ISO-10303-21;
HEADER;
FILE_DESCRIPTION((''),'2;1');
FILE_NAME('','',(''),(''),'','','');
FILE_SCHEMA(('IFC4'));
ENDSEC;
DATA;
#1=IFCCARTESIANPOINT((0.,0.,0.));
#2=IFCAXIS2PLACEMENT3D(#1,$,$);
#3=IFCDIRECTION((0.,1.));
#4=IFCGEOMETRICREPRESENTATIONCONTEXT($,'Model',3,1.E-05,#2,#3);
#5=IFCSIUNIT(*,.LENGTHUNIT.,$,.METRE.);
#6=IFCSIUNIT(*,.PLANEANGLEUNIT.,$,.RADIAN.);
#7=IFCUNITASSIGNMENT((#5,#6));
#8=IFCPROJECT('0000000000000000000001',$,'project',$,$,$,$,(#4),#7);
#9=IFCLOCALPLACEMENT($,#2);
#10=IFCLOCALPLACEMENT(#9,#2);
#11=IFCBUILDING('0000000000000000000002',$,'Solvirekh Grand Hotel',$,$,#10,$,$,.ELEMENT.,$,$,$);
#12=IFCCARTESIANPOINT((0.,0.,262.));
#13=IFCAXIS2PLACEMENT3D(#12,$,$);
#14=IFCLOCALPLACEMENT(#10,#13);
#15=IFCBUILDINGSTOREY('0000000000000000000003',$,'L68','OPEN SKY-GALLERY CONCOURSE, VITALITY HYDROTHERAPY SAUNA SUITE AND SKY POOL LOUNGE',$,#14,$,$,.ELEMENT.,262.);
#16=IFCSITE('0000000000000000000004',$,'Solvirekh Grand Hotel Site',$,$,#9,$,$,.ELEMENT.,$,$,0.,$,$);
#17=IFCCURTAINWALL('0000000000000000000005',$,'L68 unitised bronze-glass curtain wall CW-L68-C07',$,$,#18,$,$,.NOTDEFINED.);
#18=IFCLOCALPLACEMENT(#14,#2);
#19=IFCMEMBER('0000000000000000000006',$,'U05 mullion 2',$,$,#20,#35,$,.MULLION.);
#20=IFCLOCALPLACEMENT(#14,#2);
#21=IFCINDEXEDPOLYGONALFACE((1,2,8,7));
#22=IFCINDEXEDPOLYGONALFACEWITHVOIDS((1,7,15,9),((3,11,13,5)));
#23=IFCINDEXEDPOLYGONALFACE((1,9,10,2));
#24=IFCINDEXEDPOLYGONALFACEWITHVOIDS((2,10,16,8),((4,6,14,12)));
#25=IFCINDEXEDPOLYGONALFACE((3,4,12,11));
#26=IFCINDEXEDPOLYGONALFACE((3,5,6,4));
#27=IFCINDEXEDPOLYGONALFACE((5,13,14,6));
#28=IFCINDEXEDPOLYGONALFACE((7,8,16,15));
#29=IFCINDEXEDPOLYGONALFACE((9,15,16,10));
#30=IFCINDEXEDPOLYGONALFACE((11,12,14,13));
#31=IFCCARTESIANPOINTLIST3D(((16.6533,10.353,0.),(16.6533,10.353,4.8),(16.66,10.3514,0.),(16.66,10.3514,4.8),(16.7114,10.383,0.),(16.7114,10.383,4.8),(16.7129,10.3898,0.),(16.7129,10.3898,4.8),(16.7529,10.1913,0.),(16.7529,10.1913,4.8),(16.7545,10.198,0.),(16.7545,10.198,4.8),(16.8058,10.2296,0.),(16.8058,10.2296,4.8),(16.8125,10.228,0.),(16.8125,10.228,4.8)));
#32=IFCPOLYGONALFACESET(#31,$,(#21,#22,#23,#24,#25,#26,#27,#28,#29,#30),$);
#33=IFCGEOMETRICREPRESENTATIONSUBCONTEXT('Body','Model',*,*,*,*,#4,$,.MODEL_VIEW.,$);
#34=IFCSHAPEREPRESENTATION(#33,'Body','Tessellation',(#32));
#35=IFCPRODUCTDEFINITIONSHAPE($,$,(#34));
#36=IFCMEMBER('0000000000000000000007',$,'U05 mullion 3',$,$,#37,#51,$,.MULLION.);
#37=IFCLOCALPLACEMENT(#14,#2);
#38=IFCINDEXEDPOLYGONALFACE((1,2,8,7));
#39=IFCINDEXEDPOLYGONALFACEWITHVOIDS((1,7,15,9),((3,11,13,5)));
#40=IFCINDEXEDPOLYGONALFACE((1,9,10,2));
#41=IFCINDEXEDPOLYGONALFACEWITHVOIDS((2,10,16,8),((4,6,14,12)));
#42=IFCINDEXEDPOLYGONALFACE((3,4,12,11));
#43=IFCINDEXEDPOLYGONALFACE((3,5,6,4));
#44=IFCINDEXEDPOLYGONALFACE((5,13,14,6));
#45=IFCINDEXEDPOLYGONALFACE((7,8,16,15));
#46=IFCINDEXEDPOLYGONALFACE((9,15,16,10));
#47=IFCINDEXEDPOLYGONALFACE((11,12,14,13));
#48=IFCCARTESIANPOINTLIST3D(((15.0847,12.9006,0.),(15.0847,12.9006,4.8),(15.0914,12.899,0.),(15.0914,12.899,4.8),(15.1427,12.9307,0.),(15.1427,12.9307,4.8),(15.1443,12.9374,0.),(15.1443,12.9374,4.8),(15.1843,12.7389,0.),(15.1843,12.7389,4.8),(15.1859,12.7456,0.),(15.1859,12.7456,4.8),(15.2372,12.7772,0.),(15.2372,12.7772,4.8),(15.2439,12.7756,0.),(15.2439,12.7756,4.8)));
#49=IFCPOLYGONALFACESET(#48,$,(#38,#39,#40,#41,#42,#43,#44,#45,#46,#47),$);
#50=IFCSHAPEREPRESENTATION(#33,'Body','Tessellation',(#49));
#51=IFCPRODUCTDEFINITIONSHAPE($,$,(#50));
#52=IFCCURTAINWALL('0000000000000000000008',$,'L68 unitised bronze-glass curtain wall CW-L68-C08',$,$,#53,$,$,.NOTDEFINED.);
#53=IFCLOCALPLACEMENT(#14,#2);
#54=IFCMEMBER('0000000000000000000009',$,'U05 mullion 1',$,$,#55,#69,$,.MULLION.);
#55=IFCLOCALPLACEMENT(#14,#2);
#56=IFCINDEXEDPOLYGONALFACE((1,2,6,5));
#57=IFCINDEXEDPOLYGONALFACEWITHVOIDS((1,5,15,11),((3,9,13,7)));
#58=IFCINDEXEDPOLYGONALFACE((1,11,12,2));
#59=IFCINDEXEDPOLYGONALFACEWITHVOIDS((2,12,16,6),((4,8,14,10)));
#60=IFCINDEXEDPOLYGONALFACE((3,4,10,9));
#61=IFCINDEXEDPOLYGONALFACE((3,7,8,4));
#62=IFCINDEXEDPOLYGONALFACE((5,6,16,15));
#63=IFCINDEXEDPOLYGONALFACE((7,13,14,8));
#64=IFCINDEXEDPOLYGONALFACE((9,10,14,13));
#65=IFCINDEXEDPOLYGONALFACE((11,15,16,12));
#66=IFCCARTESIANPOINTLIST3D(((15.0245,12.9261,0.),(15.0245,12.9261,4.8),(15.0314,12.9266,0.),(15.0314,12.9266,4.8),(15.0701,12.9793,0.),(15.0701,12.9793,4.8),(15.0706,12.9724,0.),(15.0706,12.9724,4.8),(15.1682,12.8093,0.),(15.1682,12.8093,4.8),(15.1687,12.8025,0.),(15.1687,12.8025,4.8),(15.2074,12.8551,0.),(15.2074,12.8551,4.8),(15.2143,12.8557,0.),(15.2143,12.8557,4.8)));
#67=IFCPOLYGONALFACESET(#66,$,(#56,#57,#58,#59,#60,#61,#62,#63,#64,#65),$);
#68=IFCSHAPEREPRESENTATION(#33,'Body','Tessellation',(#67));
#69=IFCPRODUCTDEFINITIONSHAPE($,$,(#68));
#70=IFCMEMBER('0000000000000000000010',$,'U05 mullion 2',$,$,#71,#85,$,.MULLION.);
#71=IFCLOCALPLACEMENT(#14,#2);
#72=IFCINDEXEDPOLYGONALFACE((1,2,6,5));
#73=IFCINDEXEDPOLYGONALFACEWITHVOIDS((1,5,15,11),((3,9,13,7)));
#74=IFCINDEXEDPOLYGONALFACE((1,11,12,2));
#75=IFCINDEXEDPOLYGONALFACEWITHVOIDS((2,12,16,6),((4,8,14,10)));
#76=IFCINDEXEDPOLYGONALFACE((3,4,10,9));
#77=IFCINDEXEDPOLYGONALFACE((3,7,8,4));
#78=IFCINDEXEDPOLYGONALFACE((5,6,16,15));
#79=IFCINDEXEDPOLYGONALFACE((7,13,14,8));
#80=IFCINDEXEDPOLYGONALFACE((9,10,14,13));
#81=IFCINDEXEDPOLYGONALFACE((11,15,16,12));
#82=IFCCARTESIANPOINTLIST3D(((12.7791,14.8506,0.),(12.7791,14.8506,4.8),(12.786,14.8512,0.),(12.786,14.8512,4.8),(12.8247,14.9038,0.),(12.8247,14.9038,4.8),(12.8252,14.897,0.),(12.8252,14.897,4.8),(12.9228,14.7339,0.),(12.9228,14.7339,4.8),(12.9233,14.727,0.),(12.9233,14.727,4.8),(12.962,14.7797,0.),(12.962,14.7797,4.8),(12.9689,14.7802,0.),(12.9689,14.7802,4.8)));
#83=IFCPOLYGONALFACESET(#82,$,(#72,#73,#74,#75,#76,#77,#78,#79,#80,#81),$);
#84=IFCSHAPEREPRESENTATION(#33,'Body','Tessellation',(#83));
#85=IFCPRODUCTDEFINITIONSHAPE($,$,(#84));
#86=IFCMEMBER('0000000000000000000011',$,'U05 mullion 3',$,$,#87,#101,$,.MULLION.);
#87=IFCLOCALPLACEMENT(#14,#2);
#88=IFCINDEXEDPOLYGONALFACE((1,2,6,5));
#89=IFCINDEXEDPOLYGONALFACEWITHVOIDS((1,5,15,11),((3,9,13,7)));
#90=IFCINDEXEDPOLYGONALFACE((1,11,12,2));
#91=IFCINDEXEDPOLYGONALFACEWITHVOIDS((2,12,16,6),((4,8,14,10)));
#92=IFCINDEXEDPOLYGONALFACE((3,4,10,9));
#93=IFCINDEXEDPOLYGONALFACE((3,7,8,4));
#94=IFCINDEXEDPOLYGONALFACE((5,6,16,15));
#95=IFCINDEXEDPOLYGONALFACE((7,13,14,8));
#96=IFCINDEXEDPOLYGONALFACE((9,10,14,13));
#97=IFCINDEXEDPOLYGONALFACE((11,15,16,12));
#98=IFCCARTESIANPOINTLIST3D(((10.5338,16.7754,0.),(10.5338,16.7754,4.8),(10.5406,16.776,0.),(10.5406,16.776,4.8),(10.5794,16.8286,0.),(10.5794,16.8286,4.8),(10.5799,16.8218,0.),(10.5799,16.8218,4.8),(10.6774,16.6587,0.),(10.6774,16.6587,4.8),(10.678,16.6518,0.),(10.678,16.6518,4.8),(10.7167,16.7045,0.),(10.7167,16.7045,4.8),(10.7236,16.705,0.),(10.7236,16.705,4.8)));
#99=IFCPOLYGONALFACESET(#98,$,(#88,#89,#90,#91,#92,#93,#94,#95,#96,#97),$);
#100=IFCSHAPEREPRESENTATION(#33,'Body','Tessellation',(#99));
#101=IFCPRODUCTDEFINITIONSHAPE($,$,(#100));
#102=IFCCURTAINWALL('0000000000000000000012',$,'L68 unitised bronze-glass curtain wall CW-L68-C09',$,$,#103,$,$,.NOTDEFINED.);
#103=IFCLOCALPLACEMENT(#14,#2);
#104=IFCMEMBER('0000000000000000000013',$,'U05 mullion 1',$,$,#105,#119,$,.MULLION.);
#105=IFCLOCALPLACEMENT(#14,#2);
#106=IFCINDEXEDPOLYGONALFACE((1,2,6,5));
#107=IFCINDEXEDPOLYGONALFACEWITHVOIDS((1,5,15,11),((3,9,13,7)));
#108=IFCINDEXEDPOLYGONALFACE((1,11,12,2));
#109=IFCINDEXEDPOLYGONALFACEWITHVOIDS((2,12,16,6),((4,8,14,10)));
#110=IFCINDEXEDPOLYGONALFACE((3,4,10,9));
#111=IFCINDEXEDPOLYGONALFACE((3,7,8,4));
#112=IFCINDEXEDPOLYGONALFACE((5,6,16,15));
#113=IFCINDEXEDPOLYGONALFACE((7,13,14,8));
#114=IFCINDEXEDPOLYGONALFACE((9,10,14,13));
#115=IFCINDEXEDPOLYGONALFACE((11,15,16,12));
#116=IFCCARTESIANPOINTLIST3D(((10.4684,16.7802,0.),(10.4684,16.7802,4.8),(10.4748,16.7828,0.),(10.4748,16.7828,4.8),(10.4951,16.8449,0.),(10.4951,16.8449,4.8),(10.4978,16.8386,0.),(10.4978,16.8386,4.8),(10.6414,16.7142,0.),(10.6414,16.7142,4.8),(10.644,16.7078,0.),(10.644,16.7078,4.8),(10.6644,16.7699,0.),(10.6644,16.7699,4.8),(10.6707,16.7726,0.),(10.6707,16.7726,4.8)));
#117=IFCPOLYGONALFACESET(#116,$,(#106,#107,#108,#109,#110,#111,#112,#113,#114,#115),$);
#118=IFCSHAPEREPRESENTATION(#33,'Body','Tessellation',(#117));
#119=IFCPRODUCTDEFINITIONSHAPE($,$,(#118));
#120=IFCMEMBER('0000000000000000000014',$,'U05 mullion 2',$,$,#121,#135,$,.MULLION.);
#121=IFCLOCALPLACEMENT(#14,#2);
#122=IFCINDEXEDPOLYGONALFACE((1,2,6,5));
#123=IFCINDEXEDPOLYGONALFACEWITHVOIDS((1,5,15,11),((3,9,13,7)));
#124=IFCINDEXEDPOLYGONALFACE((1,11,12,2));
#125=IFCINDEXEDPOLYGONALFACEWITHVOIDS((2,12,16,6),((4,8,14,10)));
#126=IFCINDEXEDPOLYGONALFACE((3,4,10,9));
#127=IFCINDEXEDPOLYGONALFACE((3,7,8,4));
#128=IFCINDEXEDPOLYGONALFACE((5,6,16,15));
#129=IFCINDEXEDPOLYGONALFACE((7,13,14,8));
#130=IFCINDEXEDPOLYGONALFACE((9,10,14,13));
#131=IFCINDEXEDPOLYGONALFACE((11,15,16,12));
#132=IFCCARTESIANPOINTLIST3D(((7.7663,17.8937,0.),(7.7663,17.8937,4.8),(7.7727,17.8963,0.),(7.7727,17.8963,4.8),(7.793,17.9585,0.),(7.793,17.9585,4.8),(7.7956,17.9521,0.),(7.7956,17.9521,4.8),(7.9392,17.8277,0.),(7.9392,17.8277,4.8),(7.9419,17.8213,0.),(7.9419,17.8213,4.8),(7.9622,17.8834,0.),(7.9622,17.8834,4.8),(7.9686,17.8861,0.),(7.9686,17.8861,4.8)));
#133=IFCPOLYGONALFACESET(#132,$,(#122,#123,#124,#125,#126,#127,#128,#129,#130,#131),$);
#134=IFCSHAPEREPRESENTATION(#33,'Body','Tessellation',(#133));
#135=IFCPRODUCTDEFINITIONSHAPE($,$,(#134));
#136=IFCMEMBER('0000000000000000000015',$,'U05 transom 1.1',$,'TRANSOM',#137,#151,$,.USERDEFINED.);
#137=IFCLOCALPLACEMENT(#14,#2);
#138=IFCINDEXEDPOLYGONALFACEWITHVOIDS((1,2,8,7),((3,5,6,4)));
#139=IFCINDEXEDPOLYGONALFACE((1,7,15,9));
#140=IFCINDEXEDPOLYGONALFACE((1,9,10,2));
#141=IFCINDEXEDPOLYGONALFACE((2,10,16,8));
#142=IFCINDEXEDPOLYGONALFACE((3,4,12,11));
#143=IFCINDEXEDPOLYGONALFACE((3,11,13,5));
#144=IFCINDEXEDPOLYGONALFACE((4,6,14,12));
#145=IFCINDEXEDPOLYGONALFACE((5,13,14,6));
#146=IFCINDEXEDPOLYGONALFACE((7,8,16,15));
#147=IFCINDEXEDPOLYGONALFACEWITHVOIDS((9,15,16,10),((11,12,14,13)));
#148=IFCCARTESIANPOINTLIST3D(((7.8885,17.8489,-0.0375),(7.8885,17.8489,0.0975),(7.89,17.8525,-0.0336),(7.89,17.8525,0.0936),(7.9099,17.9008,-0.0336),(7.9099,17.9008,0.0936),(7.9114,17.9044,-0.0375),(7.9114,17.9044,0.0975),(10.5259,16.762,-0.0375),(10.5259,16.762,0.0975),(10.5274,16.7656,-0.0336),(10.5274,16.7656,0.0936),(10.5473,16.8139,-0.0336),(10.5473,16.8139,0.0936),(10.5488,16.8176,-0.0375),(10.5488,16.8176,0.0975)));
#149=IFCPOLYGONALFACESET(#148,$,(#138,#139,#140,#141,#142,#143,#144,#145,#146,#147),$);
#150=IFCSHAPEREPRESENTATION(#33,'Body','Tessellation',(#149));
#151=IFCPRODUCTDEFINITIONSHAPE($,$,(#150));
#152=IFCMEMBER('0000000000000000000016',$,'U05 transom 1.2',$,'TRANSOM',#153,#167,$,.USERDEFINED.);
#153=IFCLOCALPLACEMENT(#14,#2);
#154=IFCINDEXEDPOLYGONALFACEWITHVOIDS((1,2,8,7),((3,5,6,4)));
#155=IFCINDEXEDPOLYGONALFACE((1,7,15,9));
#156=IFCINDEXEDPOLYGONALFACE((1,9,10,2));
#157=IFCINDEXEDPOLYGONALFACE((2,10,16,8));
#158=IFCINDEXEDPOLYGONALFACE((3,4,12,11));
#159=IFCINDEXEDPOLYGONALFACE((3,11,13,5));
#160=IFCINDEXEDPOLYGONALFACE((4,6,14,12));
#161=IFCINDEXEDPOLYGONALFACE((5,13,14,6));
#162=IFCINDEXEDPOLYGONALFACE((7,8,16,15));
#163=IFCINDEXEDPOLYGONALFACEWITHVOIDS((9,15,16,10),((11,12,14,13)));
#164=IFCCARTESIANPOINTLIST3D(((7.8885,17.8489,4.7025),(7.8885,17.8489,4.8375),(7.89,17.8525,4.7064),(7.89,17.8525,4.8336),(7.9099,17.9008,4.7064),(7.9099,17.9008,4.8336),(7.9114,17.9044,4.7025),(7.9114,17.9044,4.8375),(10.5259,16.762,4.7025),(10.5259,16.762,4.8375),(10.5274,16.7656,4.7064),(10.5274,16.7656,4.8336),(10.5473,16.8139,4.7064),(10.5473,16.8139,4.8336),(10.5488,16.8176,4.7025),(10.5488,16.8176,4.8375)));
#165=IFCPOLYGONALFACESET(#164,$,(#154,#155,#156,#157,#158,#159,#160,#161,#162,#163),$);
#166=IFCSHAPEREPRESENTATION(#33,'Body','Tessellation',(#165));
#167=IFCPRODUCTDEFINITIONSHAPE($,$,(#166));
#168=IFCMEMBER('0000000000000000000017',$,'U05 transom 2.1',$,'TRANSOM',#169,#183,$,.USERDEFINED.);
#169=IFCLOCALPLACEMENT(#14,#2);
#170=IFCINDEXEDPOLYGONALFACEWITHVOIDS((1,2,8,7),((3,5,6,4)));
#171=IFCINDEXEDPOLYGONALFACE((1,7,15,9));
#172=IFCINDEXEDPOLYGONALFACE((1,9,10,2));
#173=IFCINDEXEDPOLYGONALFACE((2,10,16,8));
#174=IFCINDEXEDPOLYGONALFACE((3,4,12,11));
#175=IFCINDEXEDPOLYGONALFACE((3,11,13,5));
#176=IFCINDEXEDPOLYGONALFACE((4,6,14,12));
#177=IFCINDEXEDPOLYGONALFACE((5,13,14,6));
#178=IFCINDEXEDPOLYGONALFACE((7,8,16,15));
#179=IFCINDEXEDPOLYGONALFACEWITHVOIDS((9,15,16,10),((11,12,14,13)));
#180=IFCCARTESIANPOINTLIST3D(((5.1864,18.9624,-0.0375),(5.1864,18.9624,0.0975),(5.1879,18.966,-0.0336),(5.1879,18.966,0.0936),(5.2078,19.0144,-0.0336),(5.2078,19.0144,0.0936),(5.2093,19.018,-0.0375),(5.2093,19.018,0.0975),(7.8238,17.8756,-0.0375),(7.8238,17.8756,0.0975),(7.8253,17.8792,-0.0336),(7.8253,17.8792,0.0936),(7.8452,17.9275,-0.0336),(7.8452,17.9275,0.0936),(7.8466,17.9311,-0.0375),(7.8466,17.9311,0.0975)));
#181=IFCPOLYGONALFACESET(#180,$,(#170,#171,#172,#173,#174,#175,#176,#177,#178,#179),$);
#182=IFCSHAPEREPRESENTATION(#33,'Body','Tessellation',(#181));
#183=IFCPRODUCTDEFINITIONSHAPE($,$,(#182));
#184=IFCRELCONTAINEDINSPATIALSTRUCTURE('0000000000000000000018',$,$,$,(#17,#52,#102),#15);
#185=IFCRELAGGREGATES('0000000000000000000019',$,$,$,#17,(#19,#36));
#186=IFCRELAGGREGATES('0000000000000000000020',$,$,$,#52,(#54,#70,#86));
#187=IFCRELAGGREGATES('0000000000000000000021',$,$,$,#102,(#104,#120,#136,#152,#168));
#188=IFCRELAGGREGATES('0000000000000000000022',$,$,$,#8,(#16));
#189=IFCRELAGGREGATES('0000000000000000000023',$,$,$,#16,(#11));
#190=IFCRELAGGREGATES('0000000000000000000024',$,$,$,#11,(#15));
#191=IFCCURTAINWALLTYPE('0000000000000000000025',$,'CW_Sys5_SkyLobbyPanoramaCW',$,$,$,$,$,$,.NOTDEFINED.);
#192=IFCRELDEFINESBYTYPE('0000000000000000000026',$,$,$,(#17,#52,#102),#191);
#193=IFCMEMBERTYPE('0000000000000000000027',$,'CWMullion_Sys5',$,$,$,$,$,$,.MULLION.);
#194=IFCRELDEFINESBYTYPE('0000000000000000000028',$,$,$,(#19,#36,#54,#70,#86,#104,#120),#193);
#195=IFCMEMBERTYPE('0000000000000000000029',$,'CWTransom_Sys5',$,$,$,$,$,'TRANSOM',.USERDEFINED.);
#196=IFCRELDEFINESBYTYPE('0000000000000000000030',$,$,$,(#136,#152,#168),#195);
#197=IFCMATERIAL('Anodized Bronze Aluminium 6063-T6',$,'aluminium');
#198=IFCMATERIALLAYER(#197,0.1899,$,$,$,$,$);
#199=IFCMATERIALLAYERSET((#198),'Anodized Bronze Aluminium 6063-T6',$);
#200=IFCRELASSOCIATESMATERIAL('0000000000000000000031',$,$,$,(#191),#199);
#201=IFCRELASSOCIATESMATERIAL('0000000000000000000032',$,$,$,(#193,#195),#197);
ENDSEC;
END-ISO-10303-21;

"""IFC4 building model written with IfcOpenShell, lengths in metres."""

from ifc_helpers import new_model, si_unit, direction, frame, origin, origin_2d, place, context, subcontext, project, spatial, hollow_rectangle, extrude, source, transform, mapped, material, layer, layer_set, material_profile, profile_set, type_object, element, aggregate, save


model = new_model("IFC4")

# Units and contexts
model_context = context("Model", 3, precision=1e-05, world=origin(), true_north=direction((0.0, 1.0)))
body_context = subcontext(model_context, "Body", "Model", "MODEL_VIEW")
ifc_project = project(units=[si_unit("LENGTHUNIT", "METRE"), si_unit("PLANEANGLEUNIT", "RADIAN")], contexts=[model_context])

# Site, building, storey
site_placement = place(None, origin())
site = spatial("IfcSite", under=ifc_project, at=site_placement, Name="Solvirekh Grand Hotel Site", CompositionType="ELEMENT", RefElevation=0.0)
building_placement = place(site_placement, origin())
building = spatial("IfcBuilding", under=site, at=building_placement, Name="Solvirekh Grand Hotel", CompositionType="ELEMENT")
storey_placement = place(building_placement, frame((0.0, 0.0, 262.0)))
storey = spatial("IfcBuildingStorey", under=building, at=storey_placement, Name="L68", Description="OPEN SKY-GALLERY CONCOURSE, VITALITY HYDROTHERAPY SAUNA SUITE AND SKY POOL LOUNGE", CompositionType="ELEMENT", Elevation=262.0)

# Shared definitions
ifc_material_1 = material(Name="Anodized Bronze Aluminium 6063-T6", Category="aluminium")
ifc_layer_1 = layer(ifc_material_1, 0.1899)
ifc_layer_set_1 = layer_set([ifc_layer_1], Name="Anodized Bronze Aluminium 6063-T6")
curtain_wall_type = type_object("IfcCurtainWallType", Name="CW_Sys5_SkyLobbyPanoramaCW", PredefinedType="NOTDEFINED", material=ifc_layer_set_1)
ifc_material_profile_1 = material_profile(ifc_material_1, hollow_rectangle(XDim=0.0701, YDim=0.1899, WallThickness=0.0049, at=origin_2d()), Name="ALU RHS 190X70X5")
ifc_profile_set_1 = profile_set([ifc_material_profile_1], Name="Anodized Bronze Aluminium 6063-T6")
member_type_1 = type_object("IfcMemberType", Name="CWMullion_Sys5", PredefinedType="MULLION", material=ifc_profile_set_1)
shared_shape_1 = source(origin(), body_context, "Body", "SweptSolid", [
    extrude(hollow_rectangle(XDim=0.0701, YDim=0.1899, WallThickness=0.0049, at=origin_2d()), origin(), (0.0, 0.0, 1.0), 4.8),
])

# Curtain walls, members
curtain_wall_1_placement = place(storey_placement, origin())
curtain_wall_1 = element("IfcCurtainWall", 1, at=curtain_wall_1_placement, inside=storey, type_object=curtain_wall_type, Name="L68 unitised bronze-glass curtain wall CW-L68-C07", PredefinedType="NOTDEFINED")
member_1_placement = place(storey_placement, frame((16.7329, 10.2905, 0.0), z_axis=(0.0, 0.0, 1.0), x_axis=(-0.851534, -0.5243, 0.0)))
member_1 = element("IfcMember", 2, at=member_1_placement, type_object=member_type_1, Name="U05 mullion 2", PredefinedType="MULLION", context=body_context, shape_type="MappedRepresentation", body=[
    mapped(shared_shape_1, transform((0.0, 0.0, 0.0), x_axis=(1.0, 0.0, 0.0), y_axis=(0.0, 1.0, 0.0), z_axis=(0.0, 0.0, 1.0), scale=1.0)),
])
member_2_placement = place(storey_placement, frame((15.1643, 12.8381, 0.0), z_axis=(0.0, 0.0, 1.0), x_axis=(-0.851534, -0.5243, 0.0)))
member_2 = element("IfcMember", 3, at=member_2_placement, type_object=member_type_1, Name="U05 mullion 3", PredefinedType="MULLION", context=body_context, shape_type="MappedRepresentation", body=[
    mapped(shared_shape_1, transform((0.0, 0.0, 0.0), x_axis=(1.0, 0.0, 0.0), y_axis=(0.0, 1.0, 0.0), z_axis=(0.0, 0.0, 1.0), scale=1.0)),
])
curtain_wall_2_placement = place(storey_placement, origin())
curtain_wall_2 = element("IfcCurtainWall", 4, at=curtain_wall_2_placement, inside=storey, type_object=curtain_wall_type, Name="L68 unitised bronze-glass curtain wall CW-L68-C08", PredefinedType="NOTDEFINED")
member_3_placement = place(storey_placement, frame((15.1194, 12.8909, 0.0), z_axis=(0.0, 0.0, 1.0), x_axis=(-0.650805, -0.759245, 0.0)))
member_3 = element("IfcMember", 5, at=member_3_placement, type_object=member_type_1, Name="U05 mullion 1", PredefinedType="MULLION", context=body_context, shape_type="MappedRepresentation", body=[
    mapped(shared_shape_1, transform((0.0, 0.0, 0.0), x_axis=(1.0, 0.0, 0.0), y_axis=(0.0, 1.0, 0.0), z_axis=(0.0, 0.0, 1.0), scale=1.0)),
])
member_4_placement = place(storey_placement, frame((12.874, 14.8154, 0.0), z_axis=(0.0, 0.0, 1.0), x_axis=(-0.650805, -0.759245, 0.0)))
member_4 = element("IfcMember", 6, at=member_4_placement, type_object=member_type_1, Name="U05 mullion 2", PredefinedType="MULLION", context=body_context, shape_type="MappedRepresentation", body=[
    mapped(shared_shape_1, transform((0.0, 0.0, 0.0), x_axis=(1.0, 0.0, 0.0), y_axis=(0.0, 1.0, 0.0), z_axis=(0.0, 0.0, 1.0), scale=1.0)),
])
member_5_placement = place(storey_placement, frame((10.6287, 16.7402, 0.0), z_axis=(0.0, 0.0, 1.0), x_axis=(-0.650805, -0.759245, 0.0)))
member_5 = element("IfcMember", 7, at=member_5_placement, type_object=member_type_1, Name="U05 mullion 3", PredefinedType="MULLION", context=body_context, shape_type="MappedRepresentation", body=[
    mapped(shared_shape_1, transform((0.0, 0.0, 0.0), x_axis=(1.0, 0.0, 0.0), y_axis=(0.0, 1.0, 0.0), z_axis=(0.0, 0.0, 1.0), scale=1.0)),
])
curtain_wall_3_placement = place(storey_placement, origin())
curtain_wall_3 = element("IfcCurtainWall", 8, at=curtain_wall_3_placement, inside=storey, type_object=curtain_wall_type, Name="L68 unitised bronze-glass curtain wall CW-L68-C09", PredefinedType="NOTDEFINED")
member_6_placement = place(storey_placement, frame((10.5696, 16.7764, 0.0), z_axis=(0.0, 0.0, 1.0), x_axis=(-0.381047, -0.924556, 0.0)))
member_6 = element("IfcMember", 9, at=member_6_placement, type_object=member_type_1, Name="U05 mullion 1", PredefinedType="MULLION", context=body_context, shape_type="MappedRepresentation", body=[
    mapped(shared_shape_1, transform((0.0, 0.0, 0.0), x_axis=(1.0, 0.0, 0.0), y_axis=(0.0, 1.0, 0.0), z_axis=(0.0, 0.0, 1.0), scale=1.0)),
])
member_7_placement = place(storey_placement, frame((7.8674, 17.8899, 0.0), z_axis=(0.0, 0.0, 1.0), x_axis=(-0.381047, -0.924556, 0.0)))
member_7 = element("IfcMember", 10, at=member_7_placement, type_object=member_type_1, Name="U05 mullion 2", PredefinedType="MULLION", context=body_context, shape_type="MappedRepresentation", body=[
    mapped(shared_shape_1, transform((0.0, 0.0, 0.0), x_axis=(1.0, 0.0, 0.0), y_axis=(0.0, 1.0, 0.0), z_axis=(0.0, 0.0, 1.0), scale=1.0)),
])
ifc_material_profile_2 = material_profile(ifc_material_1, hollow_rectangle(XDim=0.0601, YDim=0.135, WallThickness=0.0039, at=origin_2d()), Name="ALU RHS 135X60X4")
ifc_profile_set_2 = profile_set([ifc_material_profile_2], Name="Anodized Bronze Aluminium 6063-T6")
member_type_2 = type_object("IfcMemberType", Name="CWTransom_Sys5", ElementType="TRANSOM", PredefinedType="USERDEFINED", material=ifc_profile_set_2)
shared_shape_2 = source(origin(), body_context, "Body", "SweptSolid", [
    extrude(hollow_rectangle(XDim=0.0601, YDim=0.135, WallThickness=0.0039, at=origin_2d()), origin(), (0.0, 0.0, 1.0), 2.8525),
])
member_8_placement = place(storey_placement, frame((10.5374, 16.7898, 0.03), z_axis=(-0.924566, 0.381021, 0.0), x_axis=(-0.381021, -0.924566, 0.0)))
member_8 = element("IfcMember", 11, at=member_8_placement, type_object=member_type_2, Name="U05 transom 1.1", ObjectType="TRANSOM", PredefinedType="USERDEFINED", context=body_context, shape_type="MappedRepresentation", body=[
    mapped(shared_shape_2, transform((0.0, 0.0, 0.0), x_axis=(1.0, 0.0, 0.0), y_axis=(0.0, 1.0, 0.0), z_axis=(0.0, 0.0, 1.0), scale=1.0)),
])
member_9_placement = place(storey_placement, frame((10.5374, 16.7898, 4.77), z_axis=(-0.924566, 0.381021, 0.0), x_axis=(-0.381021, -0.924566, 0.0)))
member_9 = element("IfcMember", 12, at=member_9_placement, type_object=member_type_2, Name="U05 transom 1.2", ObjectType="TRANSOM", PredefinedType="USERDEFINED", context=body_context, shape_type="MappedRepresentation", body=[
    mapped(shared_shape_2, transform((0.0, 0.0, 0.0), x_axis=(1.0, 0.0, 0.0), y_axis=(0.0, 1.0, 0.0), z_axis=(0.0, 0.0, 1.0), scale=1.0)),
])
member_10_placement = place(storey_placement, frame((7.8352, 17.9033, 0.03), z_axis=(-0.924566, 0.381021, 0.0), x_axis=(-0.381021, -0.924566, 0.0)))
member_10 = element("IfcMember", 13, at=member_10_placement, type_object=member_type_2, Name="U05 transom 2.1", ObjectType="TRANSOM", PredefinedType="USERDEFINED", context=body_context, shape_type="MappedRepresentation", body=[
    mapped(shared_shape_2, transform((0.0, 0.0, 0.0), x_axis=(1.0, 0.0, 0.0), y_axis=(0.0, 1.0, 0.0), z_axis=(0.0, 0.0, 1.0), scale=1.0)),
])

aggregate(curtain_wall_1, [member_1, member_2])
aggregate(curtain_wall_2, [member_3, member_4, member_5])
aggregate(curtain_wall_3, [member_6, member_7, member_8, member_9, member_10])

save(model, "model.ifc")
